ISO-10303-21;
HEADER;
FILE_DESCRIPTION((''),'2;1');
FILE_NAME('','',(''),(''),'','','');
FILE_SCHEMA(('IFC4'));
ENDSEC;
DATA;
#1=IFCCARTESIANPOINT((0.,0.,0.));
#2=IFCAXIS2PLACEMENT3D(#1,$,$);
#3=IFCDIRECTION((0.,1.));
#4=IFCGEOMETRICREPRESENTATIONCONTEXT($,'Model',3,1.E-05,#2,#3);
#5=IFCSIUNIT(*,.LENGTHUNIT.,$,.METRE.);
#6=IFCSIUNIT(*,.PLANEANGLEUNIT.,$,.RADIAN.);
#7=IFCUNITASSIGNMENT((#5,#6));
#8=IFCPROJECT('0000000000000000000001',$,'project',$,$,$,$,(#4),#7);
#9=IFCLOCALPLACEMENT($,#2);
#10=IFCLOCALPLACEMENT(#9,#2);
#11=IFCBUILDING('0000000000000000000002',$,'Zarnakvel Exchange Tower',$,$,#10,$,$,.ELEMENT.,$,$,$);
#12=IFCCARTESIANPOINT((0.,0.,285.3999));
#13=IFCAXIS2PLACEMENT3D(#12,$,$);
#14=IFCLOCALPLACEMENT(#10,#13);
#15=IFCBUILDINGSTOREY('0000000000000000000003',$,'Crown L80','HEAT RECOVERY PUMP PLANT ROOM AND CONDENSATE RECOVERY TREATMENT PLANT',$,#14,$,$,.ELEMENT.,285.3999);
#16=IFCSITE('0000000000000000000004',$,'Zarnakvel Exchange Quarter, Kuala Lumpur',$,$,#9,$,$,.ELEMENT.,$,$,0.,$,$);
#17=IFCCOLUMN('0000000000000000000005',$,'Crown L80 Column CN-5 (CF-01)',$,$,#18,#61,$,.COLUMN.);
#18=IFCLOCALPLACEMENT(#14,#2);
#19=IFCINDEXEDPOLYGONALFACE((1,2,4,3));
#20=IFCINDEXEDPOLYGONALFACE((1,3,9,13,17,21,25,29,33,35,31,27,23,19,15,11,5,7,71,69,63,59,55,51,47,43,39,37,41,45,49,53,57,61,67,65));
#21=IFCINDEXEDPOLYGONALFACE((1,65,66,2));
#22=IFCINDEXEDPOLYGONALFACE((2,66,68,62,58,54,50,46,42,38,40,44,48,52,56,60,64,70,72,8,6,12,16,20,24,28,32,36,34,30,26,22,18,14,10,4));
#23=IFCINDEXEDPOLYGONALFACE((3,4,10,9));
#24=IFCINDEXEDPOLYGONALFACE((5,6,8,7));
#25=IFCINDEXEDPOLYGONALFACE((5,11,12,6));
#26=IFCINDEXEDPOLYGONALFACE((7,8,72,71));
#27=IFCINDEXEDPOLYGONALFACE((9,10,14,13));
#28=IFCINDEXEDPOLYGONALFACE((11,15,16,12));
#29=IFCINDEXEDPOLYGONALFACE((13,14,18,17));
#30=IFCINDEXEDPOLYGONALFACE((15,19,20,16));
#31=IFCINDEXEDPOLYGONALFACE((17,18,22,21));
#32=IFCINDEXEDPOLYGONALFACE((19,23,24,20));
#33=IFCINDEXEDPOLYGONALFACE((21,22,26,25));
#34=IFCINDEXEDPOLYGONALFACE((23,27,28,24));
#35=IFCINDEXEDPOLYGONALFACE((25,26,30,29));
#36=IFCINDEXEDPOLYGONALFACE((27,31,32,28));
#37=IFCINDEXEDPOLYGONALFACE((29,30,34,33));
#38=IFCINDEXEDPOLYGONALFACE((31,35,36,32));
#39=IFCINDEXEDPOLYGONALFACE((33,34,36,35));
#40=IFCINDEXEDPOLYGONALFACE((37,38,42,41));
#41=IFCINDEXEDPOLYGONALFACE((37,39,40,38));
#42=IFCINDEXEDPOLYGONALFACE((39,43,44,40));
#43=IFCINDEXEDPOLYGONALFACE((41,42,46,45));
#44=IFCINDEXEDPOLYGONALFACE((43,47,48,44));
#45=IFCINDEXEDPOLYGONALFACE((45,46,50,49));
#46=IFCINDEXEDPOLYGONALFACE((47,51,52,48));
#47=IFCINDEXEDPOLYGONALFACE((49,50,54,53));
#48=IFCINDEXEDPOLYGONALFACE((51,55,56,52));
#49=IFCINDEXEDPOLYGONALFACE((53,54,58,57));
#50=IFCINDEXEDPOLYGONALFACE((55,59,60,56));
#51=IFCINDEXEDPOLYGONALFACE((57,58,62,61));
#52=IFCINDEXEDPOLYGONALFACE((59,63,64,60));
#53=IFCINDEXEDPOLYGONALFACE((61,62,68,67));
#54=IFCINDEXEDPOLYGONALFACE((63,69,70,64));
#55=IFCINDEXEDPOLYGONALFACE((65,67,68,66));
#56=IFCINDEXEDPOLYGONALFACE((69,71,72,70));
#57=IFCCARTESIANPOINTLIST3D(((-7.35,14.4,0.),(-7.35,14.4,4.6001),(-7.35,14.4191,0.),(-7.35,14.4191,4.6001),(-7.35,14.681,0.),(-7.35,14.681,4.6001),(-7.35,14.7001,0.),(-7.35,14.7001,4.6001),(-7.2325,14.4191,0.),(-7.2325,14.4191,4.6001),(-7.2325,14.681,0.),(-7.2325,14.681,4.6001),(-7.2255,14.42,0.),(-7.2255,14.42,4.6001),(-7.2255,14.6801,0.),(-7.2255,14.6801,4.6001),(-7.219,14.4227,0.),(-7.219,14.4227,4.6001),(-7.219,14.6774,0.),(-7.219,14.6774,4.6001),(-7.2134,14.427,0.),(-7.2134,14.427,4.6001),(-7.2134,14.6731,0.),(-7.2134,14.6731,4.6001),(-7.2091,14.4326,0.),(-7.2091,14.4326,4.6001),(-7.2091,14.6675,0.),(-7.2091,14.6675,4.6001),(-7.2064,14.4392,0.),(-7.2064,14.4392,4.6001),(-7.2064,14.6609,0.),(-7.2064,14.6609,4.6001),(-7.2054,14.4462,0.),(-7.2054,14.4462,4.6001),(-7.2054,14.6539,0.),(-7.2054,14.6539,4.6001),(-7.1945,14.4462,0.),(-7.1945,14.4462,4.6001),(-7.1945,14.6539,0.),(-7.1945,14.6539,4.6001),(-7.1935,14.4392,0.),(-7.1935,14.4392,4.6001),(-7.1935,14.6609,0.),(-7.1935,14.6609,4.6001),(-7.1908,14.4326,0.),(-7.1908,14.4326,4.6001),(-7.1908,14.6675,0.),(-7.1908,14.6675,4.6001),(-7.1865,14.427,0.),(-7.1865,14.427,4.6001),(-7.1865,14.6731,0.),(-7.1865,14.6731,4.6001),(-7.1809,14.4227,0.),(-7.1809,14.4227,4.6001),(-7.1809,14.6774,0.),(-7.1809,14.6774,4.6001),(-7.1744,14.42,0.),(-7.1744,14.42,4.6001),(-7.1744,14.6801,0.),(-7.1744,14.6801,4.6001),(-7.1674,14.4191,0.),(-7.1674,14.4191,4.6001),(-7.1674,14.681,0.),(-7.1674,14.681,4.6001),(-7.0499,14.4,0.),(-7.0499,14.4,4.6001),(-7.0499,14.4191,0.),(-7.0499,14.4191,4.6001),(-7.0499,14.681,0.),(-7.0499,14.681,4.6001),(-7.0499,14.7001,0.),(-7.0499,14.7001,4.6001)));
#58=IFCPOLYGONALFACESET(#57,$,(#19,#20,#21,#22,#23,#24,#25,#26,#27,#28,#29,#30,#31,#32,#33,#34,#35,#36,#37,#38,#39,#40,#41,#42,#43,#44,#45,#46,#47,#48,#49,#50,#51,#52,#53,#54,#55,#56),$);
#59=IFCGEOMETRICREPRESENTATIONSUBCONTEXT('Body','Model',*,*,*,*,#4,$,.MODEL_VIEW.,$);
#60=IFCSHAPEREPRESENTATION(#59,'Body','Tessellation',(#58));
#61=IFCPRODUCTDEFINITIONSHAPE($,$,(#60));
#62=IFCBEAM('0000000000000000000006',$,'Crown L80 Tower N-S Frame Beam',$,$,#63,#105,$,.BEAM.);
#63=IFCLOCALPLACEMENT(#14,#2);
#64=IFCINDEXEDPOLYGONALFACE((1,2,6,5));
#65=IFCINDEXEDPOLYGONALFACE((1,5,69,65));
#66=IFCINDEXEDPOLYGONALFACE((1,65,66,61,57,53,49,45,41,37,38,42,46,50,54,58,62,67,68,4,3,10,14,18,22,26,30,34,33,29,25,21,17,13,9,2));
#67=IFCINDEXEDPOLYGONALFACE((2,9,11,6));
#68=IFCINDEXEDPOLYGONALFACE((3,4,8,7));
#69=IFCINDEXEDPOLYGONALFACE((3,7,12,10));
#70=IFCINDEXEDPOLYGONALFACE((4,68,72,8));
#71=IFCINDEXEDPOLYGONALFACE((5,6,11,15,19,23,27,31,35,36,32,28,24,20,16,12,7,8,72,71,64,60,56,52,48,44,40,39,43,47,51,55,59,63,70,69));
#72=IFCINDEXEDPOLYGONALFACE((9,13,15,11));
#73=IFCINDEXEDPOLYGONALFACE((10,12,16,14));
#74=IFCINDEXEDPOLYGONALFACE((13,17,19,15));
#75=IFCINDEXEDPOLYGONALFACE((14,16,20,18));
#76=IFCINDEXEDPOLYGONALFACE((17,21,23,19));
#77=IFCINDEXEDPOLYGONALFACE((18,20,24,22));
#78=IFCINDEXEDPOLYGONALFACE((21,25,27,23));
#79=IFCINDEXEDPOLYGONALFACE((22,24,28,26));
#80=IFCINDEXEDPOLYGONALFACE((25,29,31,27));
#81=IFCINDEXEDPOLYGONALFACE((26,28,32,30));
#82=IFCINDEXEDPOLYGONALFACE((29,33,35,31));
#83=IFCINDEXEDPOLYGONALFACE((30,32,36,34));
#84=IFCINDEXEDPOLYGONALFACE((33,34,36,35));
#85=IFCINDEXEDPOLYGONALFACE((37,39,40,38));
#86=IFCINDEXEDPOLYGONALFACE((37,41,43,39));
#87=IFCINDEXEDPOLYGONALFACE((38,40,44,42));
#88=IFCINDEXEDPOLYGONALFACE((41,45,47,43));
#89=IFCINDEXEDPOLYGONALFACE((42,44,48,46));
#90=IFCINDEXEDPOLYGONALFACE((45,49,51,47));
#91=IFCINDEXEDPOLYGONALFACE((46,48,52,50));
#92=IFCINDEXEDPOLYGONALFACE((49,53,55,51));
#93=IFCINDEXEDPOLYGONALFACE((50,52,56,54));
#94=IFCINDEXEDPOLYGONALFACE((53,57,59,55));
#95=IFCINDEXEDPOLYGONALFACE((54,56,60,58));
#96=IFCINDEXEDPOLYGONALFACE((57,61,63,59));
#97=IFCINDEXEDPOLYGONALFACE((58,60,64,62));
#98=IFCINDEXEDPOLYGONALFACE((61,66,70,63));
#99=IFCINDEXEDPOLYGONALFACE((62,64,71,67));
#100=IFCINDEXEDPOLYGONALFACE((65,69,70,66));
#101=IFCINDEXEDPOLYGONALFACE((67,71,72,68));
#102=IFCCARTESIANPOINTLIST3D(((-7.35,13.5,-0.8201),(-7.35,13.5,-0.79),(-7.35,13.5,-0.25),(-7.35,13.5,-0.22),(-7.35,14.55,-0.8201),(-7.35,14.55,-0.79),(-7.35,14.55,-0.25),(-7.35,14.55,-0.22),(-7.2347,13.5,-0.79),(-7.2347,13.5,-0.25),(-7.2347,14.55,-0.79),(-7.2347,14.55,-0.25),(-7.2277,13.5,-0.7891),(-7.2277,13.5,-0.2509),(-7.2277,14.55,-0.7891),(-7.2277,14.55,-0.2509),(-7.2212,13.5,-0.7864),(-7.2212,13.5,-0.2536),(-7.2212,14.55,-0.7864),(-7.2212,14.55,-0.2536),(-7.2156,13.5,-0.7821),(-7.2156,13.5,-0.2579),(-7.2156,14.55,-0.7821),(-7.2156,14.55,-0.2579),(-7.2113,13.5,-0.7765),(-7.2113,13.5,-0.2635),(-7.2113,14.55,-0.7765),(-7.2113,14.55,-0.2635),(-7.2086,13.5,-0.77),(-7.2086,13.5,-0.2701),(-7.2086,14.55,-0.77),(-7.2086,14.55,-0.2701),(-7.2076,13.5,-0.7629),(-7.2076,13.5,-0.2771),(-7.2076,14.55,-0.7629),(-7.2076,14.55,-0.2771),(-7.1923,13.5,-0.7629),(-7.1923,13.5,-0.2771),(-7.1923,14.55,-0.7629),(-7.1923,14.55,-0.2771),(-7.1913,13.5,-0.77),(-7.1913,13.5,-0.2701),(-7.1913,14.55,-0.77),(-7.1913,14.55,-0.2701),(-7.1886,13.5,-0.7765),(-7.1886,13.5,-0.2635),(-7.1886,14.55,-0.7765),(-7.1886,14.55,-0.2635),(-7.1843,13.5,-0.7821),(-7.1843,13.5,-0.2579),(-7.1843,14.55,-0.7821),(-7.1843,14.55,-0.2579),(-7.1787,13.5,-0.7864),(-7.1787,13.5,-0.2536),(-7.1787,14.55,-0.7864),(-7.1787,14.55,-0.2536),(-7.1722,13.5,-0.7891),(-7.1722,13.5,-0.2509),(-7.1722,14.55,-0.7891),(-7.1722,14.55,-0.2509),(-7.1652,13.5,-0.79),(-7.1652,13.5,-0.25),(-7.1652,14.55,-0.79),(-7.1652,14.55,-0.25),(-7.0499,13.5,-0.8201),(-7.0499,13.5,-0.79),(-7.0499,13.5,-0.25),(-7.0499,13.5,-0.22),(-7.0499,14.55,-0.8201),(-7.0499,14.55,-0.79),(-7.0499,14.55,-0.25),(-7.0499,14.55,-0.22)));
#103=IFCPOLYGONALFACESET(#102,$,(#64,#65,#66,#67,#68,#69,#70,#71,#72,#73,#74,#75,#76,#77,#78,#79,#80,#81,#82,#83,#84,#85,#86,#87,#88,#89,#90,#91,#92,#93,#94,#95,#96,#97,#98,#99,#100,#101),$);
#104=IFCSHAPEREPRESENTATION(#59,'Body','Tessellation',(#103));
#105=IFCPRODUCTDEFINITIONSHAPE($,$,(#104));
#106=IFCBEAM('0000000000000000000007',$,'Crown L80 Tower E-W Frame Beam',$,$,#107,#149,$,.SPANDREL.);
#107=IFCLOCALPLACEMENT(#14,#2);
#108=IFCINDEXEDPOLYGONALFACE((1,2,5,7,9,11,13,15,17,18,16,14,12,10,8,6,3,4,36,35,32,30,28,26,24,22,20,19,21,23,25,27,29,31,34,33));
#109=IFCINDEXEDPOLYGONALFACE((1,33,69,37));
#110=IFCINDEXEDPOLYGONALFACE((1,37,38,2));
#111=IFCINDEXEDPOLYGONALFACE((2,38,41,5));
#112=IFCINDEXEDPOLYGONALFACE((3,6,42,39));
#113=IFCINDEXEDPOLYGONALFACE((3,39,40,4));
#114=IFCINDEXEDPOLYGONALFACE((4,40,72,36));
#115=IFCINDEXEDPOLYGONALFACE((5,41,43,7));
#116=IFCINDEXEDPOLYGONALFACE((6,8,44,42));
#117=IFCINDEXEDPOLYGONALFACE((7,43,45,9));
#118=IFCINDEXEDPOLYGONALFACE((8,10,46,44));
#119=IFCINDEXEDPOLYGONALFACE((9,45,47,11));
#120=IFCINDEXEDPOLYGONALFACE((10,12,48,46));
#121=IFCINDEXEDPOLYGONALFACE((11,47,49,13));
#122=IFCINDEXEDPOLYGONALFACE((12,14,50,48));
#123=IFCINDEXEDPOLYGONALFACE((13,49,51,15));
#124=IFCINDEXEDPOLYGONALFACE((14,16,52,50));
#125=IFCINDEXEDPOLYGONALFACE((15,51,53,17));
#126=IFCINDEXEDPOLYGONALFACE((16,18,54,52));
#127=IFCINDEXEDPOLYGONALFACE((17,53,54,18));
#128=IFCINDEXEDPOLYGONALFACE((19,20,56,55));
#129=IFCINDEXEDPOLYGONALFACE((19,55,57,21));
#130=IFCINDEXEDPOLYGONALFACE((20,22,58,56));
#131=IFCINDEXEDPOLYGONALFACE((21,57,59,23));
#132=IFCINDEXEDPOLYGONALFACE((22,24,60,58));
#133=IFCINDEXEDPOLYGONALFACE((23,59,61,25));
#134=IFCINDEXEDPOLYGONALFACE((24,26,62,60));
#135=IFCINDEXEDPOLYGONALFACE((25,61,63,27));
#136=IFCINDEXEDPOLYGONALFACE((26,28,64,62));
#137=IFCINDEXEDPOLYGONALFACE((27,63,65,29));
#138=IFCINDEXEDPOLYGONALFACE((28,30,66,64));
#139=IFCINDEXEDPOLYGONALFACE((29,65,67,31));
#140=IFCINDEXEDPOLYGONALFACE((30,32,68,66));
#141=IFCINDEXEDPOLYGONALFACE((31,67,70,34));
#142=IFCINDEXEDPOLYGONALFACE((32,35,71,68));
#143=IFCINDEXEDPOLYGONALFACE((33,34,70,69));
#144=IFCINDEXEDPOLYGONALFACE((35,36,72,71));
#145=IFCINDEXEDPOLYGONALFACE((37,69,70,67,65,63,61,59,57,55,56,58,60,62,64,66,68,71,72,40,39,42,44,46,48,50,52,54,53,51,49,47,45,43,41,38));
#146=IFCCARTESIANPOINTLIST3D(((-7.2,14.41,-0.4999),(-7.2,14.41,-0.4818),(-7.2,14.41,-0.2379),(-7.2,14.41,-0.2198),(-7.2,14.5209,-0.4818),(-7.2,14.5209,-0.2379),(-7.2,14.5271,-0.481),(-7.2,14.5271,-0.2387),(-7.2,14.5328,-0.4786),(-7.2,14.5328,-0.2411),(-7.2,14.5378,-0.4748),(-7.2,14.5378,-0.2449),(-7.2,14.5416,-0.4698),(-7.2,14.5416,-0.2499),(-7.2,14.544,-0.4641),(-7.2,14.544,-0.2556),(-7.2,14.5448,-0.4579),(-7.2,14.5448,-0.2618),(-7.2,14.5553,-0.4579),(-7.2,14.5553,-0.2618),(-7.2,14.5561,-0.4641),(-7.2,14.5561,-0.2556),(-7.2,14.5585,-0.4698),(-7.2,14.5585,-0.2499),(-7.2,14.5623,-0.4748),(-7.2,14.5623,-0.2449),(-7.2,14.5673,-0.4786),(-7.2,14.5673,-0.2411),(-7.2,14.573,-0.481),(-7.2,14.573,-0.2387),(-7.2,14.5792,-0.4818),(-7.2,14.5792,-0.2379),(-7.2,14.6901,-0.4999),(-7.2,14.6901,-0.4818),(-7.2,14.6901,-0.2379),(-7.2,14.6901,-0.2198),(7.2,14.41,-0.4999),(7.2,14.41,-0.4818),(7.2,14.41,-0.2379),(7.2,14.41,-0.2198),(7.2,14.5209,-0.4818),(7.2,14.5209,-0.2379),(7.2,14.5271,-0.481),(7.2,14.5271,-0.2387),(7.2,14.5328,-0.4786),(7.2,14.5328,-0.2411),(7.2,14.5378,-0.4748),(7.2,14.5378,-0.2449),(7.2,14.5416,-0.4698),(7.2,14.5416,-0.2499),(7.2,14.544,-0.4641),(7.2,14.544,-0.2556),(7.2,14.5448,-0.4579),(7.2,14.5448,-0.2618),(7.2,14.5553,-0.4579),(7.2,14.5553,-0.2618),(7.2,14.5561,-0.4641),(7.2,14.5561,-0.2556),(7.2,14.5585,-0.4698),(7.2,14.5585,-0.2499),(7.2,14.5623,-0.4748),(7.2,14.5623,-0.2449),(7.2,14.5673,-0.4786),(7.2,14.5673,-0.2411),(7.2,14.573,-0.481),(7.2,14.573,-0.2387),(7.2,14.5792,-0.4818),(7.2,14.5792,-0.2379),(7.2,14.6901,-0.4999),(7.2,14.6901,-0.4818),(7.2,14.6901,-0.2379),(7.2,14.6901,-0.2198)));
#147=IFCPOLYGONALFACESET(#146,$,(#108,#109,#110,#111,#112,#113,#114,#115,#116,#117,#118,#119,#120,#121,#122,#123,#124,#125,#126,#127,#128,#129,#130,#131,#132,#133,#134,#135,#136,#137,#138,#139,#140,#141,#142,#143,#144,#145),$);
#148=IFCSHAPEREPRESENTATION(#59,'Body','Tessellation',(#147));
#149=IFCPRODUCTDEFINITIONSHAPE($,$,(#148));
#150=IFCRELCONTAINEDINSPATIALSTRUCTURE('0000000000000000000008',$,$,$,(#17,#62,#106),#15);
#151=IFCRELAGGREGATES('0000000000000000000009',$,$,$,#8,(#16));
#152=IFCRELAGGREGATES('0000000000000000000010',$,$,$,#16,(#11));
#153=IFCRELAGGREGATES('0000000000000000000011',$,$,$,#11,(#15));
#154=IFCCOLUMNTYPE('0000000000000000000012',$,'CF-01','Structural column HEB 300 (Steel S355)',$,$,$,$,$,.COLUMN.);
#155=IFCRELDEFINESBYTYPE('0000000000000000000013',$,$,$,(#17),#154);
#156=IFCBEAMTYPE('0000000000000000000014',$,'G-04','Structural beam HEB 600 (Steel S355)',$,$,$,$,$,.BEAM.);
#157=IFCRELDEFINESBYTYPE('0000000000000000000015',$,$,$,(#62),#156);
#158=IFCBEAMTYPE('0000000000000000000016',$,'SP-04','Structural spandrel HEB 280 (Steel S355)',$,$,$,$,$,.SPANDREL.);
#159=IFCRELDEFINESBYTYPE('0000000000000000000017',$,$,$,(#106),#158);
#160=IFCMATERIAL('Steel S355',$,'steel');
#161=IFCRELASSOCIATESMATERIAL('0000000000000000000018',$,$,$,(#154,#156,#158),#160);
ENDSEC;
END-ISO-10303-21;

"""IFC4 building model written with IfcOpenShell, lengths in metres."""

from ifc_helpers import new_model, si_unit, direction, frame, origin, origin_2d, place, context, subcontext, project, spatial, i_section, extrude, material, material_profile, profile_set, type_object, element, save


model = new_model("IFC4")

# Units and contexts
model_context = context("Model", 3, precision=1e-05, world=origin(), true_north=direction((0.0, 1.0)))
body_context = subcontext(model_context, "Body", "Model", "MODEL_VIEW")
ifc_project = project(units=[si_unit("LENGTHUNIT", "METRE"), si_unit("PLANEANGLEUNIT", "RADIAN")], contexts=[model_context])

# Site, building, storey
site_placement = place(None, origin())
site = spatial("IfcSite", under=ifc_project, at=site_placement, Name="Zarnakvel Exchange Quarter, Kuala Lumpur", CompositionType="ELEMENT", RefElevation=0.0)
building_placement = place(site_placement, origin())
building = spatial("IfcBuilding", under=site, at=building_placement, Name="Zarnakvel Exchange Tower", CompositionType="ELEMENT")
storey_placement = place(building_placement, frame((0.0, 0.0, 285.3999)))
storey = spatial("IfcBuildingStorey", under=building, at=storey_placement, Name="Crown L80", Description="HEAT RECOVERY PUMP PLANT ROOM AND CONDENSATE RECOVERY TREATMENT PLANT", CompositionType="ELEMENT", Elevation=285.3999)

# Column
ifc_material_1 = material(Name="Steel S355", Category="steel")
ifc_material_profile_1 = material_profile(ifc_material_1, i_section(OverallWidth=0.3, OverallDepth=0.3, WebThickness=0.011, FlangeThickness=0.019, FilletRadius=0.0271, at=origin_2d()))
ifc_profile_set_1 = profile_set([ifc_material_profile_1], Name="Steel S355")
column_type = type_object("IfcColumnType", Name="CF-01", Description="Structural column HEB 300 (Steel S355)", PredefinedType="COLUMN", material=ifc_profile_set_1)
column_placement = place(storey_placement, frame((-7.2, 14.55, 0.0), z_axis=(0.0, 0.0, 1.0), x_axis=(1.0, 0.0, 0.0)))
element("IfcColumn", 1, at=column_placement, inside=storey, type_object=column_type, Name="Crown L80 Column CN-5 (CF-01)", PredefinedType="COLUMN", context=body_context, shape_type="SweptSolid", body=[
    extrude(i_section(OverallWidth=0.3, OverallDepth=0.3, WebThickness=0.011, FlangeThickness=0.019, FilletRadius=0.0271, at=origin_2d()), origin(), (0.0, 0.0, 1.0), 4.6001),
])

# Beams
ifc_material_profile_2 = material_profile(ifc_material_1, i_section(OverallWidth=0.3, OverallDepth=0.6001, WebThickness=0.0154, FlangeThickness=0.03, FilletRadius=0.0271, at=origin_2d()))
ifc_profile_set_2 = profile_set([ifc_material_profile_2], Name="Steel S355")
beam_type_1 = type_object("IfcBeamType", Name="G-04", Description="Structural beam HEB 600 (Steel S355)", PredefinedType="BEAM", material=ifc_profile_set_2)
beam_1_placement = place(storey_placement, frame((-7.2, 13.5, -0.52), z_axis=(0.0, 1.0, 0.0), x_axis=(-1.0, 0.0, 0.0)))
element("IfcBeam", 2, at=beam_1_placement, inside=storey, type_object=beam_type_1, Name="Crown L80 Tower N-S Frame Beam", PredefinedType="BEAM", context=body_context, shape_type="SweptSolid", body=[
    extrude(i_section(OverallWidth=0.3, OverallDepth=0.6001, WebThickness=0.0154, FlangeThickness=0.03, FilletRadius=0.0271, at=origin_2d()), origin(), (0.0, 0.0, 1.0), 1.05),
])
ifc_material_profile_3 = material_profile(ifc_material_1, i_section(OverallWidth=0.28, OverallDepth=0.28, WebThickness=0.0105, FlangeThickness=0.0181, FilletRadius=0.0239, at=origin_2d()))
ifc_profile_set_3 = profile_set([ifc_material_profile_3], Name="Steel S355")
beam_type_2 = type_object("IfcBeamType", Name="SP-04", Description="Structural spandrel HEB 280 (Steel S355)", PredefinedType="SPANDREL", material=ifc_profile_set_3)
beam_2_placement = place(storey_placement, frame((-7.2, 14.55, -0.3599), z_axis=(1.0, 0.0, 0.0), x_axis=(0.0, 1.0, 0.0)))
element("IfcBeam", 3, at=beam_2_placement, inside=storey, type_object=beam_type_2, Name="Crown L80 Tower E-W Frame Beam", PredefinedType="SPANDREL", context=body_context, shape_type="SweptSolid", body=[
    extrude(i_section(OverallWidth=0.28, OverallDepth=0.28, WebThickness=0.0105, FlangeThickness=0.0181, FilletRadius=0.0239, at=origin_2d()), origin(), (0.0, 0.0, 1.0), 14.3999),
])

save(model, "model.ifc")
